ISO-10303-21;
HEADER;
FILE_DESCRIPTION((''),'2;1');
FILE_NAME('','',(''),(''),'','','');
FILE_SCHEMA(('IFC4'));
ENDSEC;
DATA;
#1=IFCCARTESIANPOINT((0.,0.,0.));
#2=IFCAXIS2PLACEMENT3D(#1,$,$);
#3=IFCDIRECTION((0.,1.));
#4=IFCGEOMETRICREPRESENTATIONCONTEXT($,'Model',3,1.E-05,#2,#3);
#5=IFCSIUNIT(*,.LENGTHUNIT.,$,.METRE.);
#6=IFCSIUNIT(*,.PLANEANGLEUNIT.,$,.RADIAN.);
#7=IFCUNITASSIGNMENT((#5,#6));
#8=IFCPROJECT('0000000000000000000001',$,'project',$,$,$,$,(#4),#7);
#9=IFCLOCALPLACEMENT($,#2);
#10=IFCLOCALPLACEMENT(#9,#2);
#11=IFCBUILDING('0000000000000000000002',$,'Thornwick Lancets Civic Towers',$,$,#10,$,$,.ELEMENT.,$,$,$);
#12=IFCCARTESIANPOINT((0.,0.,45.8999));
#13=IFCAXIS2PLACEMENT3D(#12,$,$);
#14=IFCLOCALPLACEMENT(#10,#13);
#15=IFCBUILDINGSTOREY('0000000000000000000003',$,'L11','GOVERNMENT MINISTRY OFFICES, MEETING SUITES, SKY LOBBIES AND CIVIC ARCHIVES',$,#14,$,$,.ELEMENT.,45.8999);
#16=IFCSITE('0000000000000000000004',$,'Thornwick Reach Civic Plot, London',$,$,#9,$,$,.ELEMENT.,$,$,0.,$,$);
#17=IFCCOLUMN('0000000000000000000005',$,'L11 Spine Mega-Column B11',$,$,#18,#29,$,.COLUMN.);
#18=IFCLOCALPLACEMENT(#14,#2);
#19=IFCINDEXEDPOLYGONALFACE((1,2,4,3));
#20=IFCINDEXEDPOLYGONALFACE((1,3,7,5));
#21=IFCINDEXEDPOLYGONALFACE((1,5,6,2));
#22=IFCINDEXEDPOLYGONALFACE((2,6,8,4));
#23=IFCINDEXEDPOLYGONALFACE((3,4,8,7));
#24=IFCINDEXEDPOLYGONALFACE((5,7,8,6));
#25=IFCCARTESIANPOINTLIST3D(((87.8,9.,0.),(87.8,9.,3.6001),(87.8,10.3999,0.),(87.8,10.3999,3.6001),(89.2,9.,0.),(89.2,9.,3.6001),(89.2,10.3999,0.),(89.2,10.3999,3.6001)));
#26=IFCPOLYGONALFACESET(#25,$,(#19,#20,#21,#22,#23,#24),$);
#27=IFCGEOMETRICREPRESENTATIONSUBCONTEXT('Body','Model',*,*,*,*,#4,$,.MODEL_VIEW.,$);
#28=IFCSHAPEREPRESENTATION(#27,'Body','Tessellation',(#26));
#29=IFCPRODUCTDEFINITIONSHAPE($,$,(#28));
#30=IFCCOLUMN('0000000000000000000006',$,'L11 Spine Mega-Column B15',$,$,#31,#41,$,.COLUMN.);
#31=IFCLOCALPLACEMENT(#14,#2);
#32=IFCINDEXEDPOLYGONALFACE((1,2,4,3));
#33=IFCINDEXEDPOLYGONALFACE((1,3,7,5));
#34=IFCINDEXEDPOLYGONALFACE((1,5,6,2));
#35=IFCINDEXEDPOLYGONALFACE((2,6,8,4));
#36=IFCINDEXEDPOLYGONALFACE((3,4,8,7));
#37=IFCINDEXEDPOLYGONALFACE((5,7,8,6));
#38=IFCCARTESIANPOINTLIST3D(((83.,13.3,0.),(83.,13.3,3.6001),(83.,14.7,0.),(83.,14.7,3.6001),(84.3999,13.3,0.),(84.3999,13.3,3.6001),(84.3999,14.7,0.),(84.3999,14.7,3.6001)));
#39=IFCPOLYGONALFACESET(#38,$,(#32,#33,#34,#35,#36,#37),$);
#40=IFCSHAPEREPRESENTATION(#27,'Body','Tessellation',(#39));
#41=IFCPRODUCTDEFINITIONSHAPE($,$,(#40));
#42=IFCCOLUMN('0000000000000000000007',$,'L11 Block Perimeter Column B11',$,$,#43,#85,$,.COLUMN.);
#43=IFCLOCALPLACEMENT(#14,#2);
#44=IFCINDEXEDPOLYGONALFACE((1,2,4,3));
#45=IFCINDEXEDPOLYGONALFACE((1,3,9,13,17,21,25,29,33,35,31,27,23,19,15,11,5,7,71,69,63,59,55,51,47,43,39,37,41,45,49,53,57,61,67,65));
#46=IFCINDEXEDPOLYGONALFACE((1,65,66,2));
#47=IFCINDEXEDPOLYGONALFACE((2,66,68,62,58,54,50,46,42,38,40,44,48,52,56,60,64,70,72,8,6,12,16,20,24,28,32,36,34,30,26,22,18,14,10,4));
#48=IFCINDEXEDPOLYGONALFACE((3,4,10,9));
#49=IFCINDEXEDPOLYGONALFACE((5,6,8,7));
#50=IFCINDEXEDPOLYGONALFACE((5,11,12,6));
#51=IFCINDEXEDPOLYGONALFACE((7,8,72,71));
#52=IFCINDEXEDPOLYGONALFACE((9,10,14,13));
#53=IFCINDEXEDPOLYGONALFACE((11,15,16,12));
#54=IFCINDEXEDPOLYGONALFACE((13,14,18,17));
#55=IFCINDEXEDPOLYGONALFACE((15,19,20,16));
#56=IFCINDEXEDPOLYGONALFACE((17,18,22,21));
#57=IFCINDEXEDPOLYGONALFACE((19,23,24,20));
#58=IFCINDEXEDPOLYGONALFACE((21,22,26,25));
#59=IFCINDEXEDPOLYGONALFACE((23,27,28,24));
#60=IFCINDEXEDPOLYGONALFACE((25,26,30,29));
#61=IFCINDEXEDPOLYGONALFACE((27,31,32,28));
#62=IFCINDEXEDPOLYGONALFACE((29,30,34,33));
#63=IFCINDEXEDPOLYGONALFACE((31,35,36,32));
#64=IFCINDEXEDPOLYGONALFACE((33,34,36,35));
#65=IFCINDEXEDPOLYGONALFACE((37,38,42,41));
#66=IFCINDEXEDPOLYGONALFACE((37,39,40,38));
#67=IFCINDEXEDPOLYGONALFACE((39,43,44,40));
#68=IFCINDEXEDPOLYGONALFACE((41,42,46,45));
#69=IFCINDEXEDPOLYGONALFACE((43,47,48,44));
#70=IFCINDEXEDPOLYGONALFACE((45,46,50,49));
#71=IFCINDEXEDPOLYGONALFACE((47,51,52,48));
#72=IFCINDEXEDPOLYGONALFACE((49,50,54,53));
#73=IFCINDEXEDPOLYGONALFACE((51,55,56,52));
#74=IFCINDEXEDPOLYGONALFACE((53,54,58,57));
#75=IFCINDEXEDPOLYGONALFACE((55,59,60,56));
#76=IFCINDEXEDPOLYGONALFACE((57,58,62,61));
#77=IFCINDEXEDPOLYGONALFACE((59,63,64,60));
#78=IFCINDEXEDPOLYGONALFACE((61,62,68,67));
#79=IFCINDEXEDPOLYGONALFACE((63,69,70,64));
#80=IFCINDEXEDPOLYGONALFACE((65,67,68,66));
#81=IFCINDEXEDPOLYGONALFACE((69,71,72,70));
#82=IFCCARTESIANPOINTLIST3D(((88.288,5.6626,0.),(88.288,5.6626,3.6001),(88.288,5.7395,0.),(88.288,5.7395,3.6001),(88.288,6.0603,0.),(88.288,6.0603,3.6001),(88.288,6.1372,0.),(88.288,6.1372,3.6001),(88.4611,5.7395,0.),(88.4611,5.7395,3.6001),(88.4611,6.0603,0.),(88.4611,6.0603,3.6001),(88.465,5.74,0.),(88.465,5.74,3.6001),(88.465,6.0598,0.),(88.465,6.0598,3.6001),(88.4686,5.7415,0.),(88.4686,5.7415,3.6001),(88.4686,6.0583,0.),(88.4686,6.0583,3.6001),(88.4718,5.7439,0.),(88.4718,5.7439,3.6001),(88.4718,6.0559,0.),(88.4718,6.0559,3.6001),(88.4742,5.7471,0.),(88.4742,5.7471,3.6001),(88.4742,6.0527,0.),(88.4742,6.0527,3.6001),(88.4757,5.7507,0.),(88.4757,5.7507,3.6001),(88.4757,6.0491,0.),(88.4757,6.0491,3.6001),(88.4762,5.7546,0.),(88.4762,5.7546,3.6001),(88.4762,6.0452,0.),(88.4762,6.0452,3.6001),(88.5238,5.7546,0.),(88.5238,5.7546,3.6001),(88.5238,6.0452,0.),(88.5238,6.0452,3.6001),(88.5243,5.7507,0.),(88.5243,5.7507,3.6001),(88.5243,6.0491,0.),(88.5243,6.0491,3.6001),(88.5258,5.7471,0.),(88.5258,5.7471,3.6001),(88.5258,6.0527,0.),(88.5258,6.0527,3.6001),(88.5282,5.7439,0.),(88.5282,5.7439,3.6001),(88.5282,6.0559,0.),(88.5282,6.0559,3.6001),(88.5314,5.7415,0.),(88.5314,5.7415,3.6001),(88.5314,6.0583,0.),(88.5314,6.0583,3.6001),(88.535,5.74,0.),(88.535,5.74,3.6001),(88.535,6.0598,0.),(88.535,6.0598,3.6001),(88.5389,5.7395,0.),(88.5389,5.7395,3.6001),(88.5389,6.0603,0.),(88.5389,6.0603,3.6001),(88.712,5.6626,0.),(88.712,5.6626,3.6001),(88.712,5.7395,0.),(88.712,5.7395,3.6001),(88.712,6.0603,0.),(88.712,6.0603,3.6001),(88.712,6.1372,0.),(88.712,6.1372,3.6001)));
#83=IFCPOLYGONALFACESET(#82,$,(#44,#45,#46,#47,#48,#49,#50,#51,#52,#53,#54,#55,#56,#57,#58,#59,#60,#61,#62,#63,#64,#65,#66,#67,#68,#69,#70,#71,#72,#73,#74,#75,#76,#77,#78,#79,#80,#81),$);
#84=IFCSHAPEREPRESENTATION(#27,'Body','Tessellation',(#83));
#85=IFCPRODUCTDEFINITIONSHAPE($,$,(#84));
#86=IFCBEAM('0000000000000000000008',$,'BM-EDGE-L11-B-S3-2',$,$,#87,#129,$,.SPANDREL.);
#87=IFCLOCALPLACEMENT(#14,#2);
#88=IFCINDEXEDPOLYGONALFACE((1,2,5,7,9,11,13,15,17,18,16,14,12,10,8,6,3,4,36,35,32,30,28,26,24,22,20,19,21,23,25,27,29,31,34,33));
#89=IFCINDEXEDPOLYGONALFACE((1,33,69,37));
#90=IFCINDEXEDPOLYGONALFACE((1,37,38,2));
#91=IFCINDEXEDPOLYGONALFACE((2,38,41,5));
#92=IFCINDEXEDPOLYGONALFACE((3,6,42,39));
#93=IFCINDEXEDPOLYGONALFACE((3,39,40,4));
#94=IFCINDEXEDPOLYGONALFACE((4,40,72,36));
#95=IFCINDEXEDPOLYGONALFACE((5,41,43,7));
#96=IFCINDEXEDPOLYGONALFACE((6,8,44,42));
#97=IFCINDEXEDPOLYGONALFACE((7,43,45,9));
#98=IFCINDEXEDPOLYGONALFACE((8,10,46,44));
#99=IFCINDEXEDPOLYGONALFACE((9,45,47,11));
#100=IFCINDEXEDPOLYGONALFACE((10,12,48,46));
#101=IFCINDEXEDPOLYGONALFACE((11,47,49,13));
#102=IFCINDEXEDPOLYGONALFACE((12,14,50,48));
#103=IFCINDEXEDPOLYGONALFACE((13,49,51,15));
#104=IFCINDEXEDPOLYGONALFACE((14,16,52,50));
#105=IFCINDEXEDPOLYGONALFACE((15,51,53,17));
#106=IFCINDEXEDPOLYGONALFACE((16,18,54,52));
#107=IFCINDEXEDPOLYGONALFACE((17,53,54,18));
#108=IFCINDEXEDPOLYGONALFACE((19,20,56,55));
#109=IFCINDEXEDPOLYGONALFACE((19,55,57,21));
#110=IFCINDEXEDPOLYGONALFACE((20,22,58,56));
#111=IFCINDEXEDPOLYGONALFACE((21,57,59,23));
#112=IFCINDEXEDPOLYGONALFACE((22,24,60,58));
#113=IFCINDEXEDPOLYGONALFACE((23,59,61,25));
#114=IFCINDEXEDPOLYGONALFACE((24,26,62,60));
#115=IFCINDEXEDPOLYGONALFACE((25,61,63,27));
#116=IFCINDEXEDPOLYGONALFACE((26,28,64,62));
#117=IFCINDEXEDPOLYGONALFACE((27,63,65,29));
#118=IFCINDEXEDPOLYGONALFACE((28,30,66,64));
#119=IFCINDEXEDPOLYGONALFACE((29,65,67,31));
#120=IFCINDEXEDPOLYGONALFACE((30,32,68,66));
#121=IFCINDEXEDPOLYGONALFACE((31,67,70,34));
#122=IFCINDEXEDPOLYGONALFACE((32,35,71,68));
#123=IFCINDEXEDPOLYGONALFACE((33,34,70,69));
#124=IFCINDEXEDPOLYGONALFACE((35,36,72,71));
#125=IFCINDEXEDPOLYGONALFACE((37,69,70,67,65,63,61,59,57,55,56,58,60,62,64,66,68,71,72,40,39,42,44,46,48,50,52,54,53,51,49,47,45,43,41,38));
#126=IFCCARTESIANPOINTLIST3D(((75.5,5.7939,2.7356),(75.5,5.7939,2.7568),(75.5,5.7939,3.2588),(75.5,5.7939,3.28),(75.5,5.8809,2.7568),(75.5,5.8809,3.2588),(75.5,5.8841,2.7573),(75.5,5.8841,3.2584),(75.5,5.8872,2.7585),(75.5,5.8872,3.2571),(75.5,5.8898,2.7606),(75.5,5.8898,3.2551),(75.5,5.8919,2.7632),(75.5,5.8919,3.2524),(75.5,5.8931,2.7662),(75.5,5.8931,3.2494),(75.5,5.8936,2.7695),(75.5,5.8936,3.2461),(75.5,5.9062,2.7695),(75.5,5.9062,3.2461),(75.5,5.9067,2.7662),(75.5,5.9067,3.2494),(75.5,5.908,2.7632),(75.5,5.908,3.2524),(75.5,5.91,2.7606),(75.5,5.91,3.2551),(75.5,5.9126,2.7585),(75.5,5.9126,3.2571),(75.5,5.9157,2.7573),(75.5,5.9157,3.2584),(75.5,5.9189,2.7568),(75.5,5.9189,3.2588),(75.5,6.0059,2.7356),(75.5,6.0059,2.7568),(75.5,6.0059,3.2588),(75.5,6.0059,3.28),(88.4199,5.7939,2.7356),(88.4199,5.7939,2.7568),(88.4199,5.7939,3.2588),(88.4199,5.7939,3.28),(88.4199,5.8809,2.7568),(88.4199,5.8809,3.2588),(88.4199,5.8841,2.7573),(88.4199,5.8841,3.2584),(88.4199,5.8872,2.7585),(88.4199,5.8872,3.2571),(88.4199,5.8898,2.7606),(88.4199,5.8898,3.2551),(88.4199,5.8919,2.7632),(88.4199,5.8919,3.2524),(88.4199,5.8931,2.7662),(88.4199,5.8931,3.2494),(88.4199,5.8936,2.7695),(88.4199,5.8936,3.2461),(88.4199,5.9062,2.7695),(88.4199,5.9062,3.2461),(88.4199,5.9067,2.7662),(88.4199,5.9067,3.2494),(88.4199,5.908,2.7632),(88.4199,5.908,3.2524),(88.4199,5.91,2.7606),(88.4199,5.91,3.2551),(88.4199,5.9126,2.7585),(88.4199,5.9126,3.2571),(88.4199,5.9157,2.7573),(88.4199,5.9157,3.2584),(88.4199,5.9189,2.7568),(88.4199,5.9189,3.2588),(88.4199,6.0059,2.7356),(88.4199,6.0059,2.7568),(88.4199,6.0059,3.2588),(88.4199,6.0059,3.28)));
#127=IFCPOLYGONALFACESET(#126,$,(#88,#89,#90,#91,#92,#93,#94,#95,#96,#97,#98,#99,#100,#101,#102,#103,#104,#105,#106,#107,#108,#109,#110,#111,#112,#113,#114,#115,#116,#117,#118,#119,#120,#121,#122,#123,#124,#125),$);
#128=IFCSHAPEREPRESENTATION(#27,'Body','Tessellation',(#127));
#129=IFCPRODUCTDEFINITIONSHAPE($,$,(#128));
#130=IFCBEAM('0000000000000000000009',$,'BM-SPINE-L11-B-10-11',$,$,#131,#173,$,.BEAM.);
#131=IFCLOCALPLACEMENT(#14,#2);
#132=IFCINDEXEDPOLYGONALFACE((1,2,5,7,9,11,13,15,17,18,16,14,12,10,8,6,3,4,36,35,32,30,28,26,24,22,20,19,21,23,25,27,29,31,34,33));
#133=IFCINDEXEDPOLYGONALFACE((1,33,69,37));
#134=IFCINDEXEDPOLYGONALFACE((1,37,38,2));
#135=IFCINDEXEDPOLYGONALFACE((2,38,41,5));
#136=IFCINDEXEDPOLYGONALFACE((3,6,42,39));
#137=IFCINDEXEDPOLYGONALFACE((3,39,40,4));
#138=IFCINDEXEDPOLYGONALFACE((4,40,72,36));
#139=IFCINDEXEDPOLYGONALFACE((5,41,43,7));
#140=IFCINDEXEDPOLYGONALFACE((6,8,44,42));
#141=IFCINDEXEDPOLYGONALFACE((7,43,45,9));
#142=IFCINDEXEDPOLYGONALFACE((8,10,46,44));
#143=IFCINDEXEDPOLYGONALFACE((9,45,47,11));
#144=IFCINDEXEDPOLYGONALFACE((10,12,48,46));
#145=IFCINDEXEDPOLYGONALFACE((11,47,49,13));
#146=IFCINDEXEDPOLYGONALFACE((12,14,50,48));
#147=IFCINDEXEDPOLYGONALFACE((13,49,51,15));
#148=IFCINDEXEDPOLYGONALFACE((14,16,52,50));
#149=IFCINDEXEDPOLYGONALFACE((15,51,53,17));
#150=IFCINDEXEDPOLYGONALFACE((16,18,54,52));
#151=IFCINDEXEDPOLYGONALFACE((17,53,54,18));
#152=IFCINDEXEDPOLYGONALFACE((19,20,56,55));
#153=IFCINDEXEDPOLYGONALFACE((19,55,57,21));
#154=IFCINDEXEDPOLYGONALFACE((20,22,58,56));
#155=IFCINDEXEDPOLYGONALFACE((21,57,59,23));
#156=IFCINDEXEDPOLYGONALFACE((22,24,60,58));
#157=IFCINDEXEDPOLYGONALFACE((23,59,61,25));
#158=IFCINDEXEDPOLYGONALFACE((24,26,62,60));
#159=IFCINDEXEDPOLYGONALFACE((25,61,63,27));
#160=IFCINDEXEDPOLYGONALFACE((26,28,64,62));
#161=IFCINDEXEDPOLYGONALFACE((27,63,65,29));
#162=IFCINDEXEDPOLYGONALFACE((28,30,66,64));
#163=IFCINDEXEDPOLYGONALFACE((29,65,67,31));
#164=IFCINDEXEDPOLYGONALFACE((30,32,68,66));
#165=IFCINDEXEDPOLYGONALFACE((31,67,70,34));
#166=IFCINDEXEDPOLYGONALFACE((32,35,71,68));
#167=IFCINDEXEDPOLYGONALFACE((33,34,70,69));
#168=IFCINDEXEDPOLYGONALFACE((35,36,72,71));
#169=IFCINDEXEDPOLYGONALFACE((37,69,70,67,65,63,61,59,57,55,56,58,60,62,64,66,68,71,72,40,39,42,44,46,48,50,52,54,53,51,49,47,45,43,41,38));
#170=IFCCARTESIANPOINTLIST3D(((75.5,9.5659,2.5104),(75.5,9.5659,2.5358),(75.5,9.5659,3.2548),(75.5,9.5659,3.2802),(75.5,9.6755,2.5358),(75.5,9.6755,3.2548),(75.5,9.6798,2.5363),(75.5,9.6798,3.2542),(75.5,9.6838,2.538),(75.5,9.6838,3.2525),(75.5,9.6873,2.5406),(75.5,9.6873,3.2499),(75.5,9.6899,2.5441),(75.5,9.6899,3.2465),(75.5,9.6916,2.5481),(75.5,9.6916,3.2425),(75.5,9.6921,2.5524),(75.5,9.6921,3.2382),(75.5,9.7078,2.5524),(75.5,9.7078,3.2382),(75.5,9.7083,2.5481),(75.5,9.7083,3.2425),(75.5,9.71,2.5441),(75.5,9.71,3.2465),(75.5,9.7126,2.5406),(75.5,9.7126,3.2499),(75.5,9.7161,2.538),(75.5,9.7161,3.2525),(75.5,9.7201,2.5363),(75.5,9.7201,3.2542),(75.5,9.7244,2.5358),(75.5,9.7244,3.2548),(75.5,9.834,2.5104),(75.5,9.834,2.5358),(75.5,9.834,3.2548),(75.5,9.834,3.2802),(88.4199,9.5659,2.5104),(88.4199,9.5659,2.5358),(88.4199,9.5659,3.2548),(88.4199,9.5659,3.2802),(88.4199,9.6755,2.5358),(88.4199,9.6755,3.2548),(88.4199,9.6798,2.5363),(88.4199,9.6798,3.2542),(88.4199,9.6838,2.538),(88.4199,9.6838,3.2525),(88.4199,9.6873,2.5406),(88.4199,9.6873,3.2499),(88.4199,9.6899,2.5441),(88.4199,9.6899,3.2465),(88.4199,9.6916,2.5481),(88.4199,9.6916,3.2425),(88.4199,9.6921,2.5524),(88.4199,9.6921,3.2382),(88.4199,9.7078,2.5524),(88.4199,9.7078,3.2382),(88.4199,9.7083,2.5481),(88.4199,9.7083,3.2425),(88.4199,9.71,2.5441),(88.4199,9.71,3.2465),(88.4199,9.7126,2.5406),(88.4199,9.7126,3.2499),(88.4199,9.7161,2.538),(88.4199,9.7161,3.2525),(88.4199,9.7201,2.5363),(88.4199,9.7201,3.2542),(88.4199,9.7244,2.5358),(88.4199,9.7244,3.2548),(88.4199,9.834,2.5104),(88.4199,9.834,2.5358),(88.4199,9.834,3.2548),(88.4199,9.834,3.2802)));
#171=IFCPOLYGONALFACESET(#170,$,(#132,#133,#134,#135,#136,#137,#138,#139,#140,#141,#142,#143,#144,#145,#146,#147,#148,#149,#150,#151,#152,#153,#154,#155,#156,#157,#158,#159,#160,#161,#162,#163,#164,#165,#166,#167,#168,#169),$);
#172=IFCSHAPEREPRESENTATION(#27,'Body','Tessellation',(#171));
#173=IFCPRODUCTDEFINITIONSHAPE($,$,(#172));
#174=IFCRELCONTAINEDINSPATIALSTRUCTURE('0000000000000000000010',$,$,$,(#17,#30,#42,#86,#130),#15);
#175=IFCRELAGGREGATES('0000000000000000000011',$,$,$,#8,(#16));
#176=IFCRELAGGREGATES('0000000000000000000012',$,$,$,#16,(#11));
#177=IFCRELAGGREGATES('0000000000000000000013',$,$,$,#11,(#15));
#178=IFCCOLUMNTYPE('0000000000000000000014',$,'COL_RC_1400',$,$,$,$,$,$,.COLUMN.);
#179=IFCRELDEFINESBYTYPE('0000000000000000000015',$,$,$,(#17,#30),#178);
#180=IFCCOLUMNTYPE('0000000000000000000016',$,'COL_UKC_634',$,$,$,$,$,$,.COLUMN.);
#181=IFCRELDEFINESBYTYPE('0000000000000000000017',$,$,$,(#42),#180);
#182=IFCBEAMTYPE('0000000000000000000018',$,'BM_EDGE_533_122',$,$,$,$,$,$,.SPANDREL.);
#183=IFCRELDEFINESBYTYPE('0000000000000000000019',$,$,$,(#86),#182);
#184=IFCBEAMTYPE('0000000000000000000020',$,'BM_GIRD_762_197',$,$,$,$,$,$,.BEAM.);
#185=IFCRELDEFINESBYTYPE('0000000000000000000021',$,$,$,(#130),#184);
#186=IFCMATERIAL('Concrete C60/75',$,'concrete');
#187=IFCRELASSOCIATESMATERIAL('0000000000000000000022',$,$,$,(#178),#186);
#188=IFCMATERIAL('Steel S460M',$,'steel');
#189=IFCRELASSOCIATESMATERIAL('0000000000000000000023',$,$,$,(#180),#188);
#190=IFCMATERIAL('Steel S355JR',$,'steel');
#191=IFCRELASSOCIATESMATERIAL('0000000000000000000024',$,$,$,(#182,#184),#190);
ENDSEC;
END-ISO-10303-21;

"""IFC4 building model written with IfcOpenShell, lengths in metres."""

from ifc_helpers import new_model, si_unit, direction, frame, origin, origin_2d, place, context, subcontext, project, spatial, rectangle, i_section, extrude, material, material_profile, profile_set, type_object, element, save


model = new_model("IFC4")

# Units and contexts
model_context = context("Model", 3, precision=1e-05, world=origin(), true_north=direction((0.0, 1.0)))
body_context = subcontext(model_context, "Body", "Model", "MODEL_VIEW")
ifc_project = project(units=[si_unit("LENGTHUNIT", "METRE"), si_unit("PLANEANGLEUNIT", "RADIAN")], contexts=[model_context])

# Site, building, storey
site_placement = place(None, origin())
site = spatial("IfcSite", under=ifc_project, at=site_placement, Name="Thornwick Reach Civic Plot, London", CompositionType="ELEMENT", RefElevation=0.0)
building_placement = place(site_placement, origin())
building = spatial("IfcBuilding", under=site, at=building_placement, Name="Thornwick Lancets Civic Towers", CompositionType="ELEMENT")
storey_placement = place(building_placement, frame((0.0, 0.0, 45.8999)))
storey = spatial("IfcBuildingStorey", under=building, at=storey_placement, Name="L11", Description="GOVERNMENT MINISTRY OFFICES, MEETING SUITES, SKY LOBBIES AND CIVIC ARCHIVES", CompositionType="ELEMENT", Elevation=45.8999)

# Columns
ifc_material_1 = material(Name="Concrete C60/75", Category="concrete")
ifc_material_profile_1 = material_profile(ifc_material_1, rectangle(XDim=1.3999, YDim=1.3999, at=origin_2d()), Name="RC 1400x1400")
ifc_profile_set_1 = profile_set([ifc_material_profile_1], Name="Concrete C60/75")
column_type_1 = type_object("IfcColumnType", Name="COL_RC_1400", PredefinedType="COLUMN", material=ifc_profile_set_1)
for number, where, z_axis, x_axis, name in (
    (1, (88.5, 9.7, 0.0), (0.0, 0.0, 1.0), (1.0, 0.0, 0.0), "L11 Spine Mega-Column B11"),
    (2, (83.7, 14.0, 0.0), (0.0, 0.0, 1.0), (1.0, 0.0, 0.0), "L11 Spine Mega-Column B15"),
):
    element("IfcColumn", number, at=place(storey_placement, frame(where, z_axis=z_axis, x_axis=x_axis)), inside=storey, type_object=column_type_1, Name=name, PredefinedType="COLUMN", context=body_context, shape_type="SweptSolid", body=[
        extrude(rectangle(XDim=1.3999, YDim=1.3999, at=origin_2d()), origin(), (0.0, 0.0, 1.0), 3.6001),
    ])
ifc_material_2 = material(Name="Steel S460M", Category="steel")
ifc_material_profile_2 = material_profile(ifc_material_2, i_section(OverallWidth=0.4241, OverallDepth=0.4746, WebThickness=0.0476, FlangeThickness=0.0769, FilletRadius=0.0151, at=origin_2d()), Name="UKC 356x406x634")
ifc_profile_set_2 = profile_set([ifc_material_profile_2], Name="Steel S460M")
column_type_2 = type_object("IfcColumnType", Name="COL_UKC_634", PredefinedType="COLUMN", material=ifc_profile_set_2)
column_placement = place(storey_placement, frame((88.5, 5.8999, 0.0), z_axis=(0.0, 0.0, 1.0), x_axis=(1.0, 0.0, 0.0)))
element("IfcColumn", 3, at=column_placement, inside=storey, type_object=column_type_2, Name="L11 Block Perimeter Column B11", PredefinedType="COLUMN", context=body_context, shape_type="SweptSolid", body=[
    extrude(i_section(OverallWidth=0.4241, OverallDepth=0.4746, WebThickness=0.0476, FlangeThickness=0.0769, FilletRadius=0.0151, at=origin_2d()), origin(), (0.0, 0.0, 1.0), 3.6001),
])

# Beams
ifc_material_3 = material(Name="Steel S355JR", Category="steel")
ifc_material_profile_3 = material_profile(ifc_material_3, i_section(OverallWidth=0.2119, OverallDepth=0.5444, WebThickness=0.0127, FlangeThickness=0.0212, FilletRadius=0.0127, at=origin_2d()), Name="UKB 533x210x122")
ifc_profile_set_3 = profile_set([ifc_material_profile_3], Name="Steel S355JR")
beam_type_1 = type_object("IfcBeamType", Name="BM_EDGE_533_122", PredefinedType="SPANDREL", material=ifc_profile_set_3)
beam_1_placement = place(storey_placement, frame((88.4199, 5.8999, 3.0078), z_axis=(-1.0, 0.0, 0.0), x_axis=(0.0, -1.0, 0.0)))
element("IfcBeam", 4, at=beam_1_placement, inside=storey, type_object=beam_type_1, Name="BM-EDGE-L11-B-S3-2", PredefinedType="SPANDREL", context=body_context, shape_type="SweptSolid", body=[
    extrude(i_section(OverallWidth=0.2119, OverallDepth=0.5444, WebThickness=0.0127, FlangeThickness=0.0212, FilletRadius=0.0127, at=origin_2d()), origin(), (0.0, 0.0, 1.0), 12.9199),
])
ifc_material_profile_4 = material_profile(ifc_material_3, i_section(OverallWidth=0.2681, OverallDepth=0.7698, WebThickness=0.0156, FlangeThickness=0.0254, FilletRadius=0.0166, at=origin_2d()), Name="UKB 762x267x197")
ifc_profile_set_4 = profile_set([ifc_material_profile_4], Name="Steel S355JR")
beam_type_2 = type_object("IfcBeamType", Name="BM_GIRD_762_197", PredefinedType="BEAM", material=ifc_profile_set_4)
beam_2_placement = place(storey_placement, frame((88.4199, 9.7, 2.8953), z_axis=(-1.0, 0.0, 0.0), x_axis=(0.0, -1.0, 0.0)))
element("IfcBeam", 5, at=beam_2_placement, inside=storey, type_object=beam_type_2, Name="BM-SPINE-L11-B-10-11", PredefinedType="BEAM", context=body_context, shape_type="SweptSolid", body=[
    extrude(i_section(OverallWidth=0.2681, OverallDepth=0.7698, WebThickness=0.0156, FlangeThickness=0.0254, FilletRadius=0.0166, at=origin_2d()), origin(), (0.0, 0.0, 1.0), 12.9199),
])

save(model, "model.ifc")
